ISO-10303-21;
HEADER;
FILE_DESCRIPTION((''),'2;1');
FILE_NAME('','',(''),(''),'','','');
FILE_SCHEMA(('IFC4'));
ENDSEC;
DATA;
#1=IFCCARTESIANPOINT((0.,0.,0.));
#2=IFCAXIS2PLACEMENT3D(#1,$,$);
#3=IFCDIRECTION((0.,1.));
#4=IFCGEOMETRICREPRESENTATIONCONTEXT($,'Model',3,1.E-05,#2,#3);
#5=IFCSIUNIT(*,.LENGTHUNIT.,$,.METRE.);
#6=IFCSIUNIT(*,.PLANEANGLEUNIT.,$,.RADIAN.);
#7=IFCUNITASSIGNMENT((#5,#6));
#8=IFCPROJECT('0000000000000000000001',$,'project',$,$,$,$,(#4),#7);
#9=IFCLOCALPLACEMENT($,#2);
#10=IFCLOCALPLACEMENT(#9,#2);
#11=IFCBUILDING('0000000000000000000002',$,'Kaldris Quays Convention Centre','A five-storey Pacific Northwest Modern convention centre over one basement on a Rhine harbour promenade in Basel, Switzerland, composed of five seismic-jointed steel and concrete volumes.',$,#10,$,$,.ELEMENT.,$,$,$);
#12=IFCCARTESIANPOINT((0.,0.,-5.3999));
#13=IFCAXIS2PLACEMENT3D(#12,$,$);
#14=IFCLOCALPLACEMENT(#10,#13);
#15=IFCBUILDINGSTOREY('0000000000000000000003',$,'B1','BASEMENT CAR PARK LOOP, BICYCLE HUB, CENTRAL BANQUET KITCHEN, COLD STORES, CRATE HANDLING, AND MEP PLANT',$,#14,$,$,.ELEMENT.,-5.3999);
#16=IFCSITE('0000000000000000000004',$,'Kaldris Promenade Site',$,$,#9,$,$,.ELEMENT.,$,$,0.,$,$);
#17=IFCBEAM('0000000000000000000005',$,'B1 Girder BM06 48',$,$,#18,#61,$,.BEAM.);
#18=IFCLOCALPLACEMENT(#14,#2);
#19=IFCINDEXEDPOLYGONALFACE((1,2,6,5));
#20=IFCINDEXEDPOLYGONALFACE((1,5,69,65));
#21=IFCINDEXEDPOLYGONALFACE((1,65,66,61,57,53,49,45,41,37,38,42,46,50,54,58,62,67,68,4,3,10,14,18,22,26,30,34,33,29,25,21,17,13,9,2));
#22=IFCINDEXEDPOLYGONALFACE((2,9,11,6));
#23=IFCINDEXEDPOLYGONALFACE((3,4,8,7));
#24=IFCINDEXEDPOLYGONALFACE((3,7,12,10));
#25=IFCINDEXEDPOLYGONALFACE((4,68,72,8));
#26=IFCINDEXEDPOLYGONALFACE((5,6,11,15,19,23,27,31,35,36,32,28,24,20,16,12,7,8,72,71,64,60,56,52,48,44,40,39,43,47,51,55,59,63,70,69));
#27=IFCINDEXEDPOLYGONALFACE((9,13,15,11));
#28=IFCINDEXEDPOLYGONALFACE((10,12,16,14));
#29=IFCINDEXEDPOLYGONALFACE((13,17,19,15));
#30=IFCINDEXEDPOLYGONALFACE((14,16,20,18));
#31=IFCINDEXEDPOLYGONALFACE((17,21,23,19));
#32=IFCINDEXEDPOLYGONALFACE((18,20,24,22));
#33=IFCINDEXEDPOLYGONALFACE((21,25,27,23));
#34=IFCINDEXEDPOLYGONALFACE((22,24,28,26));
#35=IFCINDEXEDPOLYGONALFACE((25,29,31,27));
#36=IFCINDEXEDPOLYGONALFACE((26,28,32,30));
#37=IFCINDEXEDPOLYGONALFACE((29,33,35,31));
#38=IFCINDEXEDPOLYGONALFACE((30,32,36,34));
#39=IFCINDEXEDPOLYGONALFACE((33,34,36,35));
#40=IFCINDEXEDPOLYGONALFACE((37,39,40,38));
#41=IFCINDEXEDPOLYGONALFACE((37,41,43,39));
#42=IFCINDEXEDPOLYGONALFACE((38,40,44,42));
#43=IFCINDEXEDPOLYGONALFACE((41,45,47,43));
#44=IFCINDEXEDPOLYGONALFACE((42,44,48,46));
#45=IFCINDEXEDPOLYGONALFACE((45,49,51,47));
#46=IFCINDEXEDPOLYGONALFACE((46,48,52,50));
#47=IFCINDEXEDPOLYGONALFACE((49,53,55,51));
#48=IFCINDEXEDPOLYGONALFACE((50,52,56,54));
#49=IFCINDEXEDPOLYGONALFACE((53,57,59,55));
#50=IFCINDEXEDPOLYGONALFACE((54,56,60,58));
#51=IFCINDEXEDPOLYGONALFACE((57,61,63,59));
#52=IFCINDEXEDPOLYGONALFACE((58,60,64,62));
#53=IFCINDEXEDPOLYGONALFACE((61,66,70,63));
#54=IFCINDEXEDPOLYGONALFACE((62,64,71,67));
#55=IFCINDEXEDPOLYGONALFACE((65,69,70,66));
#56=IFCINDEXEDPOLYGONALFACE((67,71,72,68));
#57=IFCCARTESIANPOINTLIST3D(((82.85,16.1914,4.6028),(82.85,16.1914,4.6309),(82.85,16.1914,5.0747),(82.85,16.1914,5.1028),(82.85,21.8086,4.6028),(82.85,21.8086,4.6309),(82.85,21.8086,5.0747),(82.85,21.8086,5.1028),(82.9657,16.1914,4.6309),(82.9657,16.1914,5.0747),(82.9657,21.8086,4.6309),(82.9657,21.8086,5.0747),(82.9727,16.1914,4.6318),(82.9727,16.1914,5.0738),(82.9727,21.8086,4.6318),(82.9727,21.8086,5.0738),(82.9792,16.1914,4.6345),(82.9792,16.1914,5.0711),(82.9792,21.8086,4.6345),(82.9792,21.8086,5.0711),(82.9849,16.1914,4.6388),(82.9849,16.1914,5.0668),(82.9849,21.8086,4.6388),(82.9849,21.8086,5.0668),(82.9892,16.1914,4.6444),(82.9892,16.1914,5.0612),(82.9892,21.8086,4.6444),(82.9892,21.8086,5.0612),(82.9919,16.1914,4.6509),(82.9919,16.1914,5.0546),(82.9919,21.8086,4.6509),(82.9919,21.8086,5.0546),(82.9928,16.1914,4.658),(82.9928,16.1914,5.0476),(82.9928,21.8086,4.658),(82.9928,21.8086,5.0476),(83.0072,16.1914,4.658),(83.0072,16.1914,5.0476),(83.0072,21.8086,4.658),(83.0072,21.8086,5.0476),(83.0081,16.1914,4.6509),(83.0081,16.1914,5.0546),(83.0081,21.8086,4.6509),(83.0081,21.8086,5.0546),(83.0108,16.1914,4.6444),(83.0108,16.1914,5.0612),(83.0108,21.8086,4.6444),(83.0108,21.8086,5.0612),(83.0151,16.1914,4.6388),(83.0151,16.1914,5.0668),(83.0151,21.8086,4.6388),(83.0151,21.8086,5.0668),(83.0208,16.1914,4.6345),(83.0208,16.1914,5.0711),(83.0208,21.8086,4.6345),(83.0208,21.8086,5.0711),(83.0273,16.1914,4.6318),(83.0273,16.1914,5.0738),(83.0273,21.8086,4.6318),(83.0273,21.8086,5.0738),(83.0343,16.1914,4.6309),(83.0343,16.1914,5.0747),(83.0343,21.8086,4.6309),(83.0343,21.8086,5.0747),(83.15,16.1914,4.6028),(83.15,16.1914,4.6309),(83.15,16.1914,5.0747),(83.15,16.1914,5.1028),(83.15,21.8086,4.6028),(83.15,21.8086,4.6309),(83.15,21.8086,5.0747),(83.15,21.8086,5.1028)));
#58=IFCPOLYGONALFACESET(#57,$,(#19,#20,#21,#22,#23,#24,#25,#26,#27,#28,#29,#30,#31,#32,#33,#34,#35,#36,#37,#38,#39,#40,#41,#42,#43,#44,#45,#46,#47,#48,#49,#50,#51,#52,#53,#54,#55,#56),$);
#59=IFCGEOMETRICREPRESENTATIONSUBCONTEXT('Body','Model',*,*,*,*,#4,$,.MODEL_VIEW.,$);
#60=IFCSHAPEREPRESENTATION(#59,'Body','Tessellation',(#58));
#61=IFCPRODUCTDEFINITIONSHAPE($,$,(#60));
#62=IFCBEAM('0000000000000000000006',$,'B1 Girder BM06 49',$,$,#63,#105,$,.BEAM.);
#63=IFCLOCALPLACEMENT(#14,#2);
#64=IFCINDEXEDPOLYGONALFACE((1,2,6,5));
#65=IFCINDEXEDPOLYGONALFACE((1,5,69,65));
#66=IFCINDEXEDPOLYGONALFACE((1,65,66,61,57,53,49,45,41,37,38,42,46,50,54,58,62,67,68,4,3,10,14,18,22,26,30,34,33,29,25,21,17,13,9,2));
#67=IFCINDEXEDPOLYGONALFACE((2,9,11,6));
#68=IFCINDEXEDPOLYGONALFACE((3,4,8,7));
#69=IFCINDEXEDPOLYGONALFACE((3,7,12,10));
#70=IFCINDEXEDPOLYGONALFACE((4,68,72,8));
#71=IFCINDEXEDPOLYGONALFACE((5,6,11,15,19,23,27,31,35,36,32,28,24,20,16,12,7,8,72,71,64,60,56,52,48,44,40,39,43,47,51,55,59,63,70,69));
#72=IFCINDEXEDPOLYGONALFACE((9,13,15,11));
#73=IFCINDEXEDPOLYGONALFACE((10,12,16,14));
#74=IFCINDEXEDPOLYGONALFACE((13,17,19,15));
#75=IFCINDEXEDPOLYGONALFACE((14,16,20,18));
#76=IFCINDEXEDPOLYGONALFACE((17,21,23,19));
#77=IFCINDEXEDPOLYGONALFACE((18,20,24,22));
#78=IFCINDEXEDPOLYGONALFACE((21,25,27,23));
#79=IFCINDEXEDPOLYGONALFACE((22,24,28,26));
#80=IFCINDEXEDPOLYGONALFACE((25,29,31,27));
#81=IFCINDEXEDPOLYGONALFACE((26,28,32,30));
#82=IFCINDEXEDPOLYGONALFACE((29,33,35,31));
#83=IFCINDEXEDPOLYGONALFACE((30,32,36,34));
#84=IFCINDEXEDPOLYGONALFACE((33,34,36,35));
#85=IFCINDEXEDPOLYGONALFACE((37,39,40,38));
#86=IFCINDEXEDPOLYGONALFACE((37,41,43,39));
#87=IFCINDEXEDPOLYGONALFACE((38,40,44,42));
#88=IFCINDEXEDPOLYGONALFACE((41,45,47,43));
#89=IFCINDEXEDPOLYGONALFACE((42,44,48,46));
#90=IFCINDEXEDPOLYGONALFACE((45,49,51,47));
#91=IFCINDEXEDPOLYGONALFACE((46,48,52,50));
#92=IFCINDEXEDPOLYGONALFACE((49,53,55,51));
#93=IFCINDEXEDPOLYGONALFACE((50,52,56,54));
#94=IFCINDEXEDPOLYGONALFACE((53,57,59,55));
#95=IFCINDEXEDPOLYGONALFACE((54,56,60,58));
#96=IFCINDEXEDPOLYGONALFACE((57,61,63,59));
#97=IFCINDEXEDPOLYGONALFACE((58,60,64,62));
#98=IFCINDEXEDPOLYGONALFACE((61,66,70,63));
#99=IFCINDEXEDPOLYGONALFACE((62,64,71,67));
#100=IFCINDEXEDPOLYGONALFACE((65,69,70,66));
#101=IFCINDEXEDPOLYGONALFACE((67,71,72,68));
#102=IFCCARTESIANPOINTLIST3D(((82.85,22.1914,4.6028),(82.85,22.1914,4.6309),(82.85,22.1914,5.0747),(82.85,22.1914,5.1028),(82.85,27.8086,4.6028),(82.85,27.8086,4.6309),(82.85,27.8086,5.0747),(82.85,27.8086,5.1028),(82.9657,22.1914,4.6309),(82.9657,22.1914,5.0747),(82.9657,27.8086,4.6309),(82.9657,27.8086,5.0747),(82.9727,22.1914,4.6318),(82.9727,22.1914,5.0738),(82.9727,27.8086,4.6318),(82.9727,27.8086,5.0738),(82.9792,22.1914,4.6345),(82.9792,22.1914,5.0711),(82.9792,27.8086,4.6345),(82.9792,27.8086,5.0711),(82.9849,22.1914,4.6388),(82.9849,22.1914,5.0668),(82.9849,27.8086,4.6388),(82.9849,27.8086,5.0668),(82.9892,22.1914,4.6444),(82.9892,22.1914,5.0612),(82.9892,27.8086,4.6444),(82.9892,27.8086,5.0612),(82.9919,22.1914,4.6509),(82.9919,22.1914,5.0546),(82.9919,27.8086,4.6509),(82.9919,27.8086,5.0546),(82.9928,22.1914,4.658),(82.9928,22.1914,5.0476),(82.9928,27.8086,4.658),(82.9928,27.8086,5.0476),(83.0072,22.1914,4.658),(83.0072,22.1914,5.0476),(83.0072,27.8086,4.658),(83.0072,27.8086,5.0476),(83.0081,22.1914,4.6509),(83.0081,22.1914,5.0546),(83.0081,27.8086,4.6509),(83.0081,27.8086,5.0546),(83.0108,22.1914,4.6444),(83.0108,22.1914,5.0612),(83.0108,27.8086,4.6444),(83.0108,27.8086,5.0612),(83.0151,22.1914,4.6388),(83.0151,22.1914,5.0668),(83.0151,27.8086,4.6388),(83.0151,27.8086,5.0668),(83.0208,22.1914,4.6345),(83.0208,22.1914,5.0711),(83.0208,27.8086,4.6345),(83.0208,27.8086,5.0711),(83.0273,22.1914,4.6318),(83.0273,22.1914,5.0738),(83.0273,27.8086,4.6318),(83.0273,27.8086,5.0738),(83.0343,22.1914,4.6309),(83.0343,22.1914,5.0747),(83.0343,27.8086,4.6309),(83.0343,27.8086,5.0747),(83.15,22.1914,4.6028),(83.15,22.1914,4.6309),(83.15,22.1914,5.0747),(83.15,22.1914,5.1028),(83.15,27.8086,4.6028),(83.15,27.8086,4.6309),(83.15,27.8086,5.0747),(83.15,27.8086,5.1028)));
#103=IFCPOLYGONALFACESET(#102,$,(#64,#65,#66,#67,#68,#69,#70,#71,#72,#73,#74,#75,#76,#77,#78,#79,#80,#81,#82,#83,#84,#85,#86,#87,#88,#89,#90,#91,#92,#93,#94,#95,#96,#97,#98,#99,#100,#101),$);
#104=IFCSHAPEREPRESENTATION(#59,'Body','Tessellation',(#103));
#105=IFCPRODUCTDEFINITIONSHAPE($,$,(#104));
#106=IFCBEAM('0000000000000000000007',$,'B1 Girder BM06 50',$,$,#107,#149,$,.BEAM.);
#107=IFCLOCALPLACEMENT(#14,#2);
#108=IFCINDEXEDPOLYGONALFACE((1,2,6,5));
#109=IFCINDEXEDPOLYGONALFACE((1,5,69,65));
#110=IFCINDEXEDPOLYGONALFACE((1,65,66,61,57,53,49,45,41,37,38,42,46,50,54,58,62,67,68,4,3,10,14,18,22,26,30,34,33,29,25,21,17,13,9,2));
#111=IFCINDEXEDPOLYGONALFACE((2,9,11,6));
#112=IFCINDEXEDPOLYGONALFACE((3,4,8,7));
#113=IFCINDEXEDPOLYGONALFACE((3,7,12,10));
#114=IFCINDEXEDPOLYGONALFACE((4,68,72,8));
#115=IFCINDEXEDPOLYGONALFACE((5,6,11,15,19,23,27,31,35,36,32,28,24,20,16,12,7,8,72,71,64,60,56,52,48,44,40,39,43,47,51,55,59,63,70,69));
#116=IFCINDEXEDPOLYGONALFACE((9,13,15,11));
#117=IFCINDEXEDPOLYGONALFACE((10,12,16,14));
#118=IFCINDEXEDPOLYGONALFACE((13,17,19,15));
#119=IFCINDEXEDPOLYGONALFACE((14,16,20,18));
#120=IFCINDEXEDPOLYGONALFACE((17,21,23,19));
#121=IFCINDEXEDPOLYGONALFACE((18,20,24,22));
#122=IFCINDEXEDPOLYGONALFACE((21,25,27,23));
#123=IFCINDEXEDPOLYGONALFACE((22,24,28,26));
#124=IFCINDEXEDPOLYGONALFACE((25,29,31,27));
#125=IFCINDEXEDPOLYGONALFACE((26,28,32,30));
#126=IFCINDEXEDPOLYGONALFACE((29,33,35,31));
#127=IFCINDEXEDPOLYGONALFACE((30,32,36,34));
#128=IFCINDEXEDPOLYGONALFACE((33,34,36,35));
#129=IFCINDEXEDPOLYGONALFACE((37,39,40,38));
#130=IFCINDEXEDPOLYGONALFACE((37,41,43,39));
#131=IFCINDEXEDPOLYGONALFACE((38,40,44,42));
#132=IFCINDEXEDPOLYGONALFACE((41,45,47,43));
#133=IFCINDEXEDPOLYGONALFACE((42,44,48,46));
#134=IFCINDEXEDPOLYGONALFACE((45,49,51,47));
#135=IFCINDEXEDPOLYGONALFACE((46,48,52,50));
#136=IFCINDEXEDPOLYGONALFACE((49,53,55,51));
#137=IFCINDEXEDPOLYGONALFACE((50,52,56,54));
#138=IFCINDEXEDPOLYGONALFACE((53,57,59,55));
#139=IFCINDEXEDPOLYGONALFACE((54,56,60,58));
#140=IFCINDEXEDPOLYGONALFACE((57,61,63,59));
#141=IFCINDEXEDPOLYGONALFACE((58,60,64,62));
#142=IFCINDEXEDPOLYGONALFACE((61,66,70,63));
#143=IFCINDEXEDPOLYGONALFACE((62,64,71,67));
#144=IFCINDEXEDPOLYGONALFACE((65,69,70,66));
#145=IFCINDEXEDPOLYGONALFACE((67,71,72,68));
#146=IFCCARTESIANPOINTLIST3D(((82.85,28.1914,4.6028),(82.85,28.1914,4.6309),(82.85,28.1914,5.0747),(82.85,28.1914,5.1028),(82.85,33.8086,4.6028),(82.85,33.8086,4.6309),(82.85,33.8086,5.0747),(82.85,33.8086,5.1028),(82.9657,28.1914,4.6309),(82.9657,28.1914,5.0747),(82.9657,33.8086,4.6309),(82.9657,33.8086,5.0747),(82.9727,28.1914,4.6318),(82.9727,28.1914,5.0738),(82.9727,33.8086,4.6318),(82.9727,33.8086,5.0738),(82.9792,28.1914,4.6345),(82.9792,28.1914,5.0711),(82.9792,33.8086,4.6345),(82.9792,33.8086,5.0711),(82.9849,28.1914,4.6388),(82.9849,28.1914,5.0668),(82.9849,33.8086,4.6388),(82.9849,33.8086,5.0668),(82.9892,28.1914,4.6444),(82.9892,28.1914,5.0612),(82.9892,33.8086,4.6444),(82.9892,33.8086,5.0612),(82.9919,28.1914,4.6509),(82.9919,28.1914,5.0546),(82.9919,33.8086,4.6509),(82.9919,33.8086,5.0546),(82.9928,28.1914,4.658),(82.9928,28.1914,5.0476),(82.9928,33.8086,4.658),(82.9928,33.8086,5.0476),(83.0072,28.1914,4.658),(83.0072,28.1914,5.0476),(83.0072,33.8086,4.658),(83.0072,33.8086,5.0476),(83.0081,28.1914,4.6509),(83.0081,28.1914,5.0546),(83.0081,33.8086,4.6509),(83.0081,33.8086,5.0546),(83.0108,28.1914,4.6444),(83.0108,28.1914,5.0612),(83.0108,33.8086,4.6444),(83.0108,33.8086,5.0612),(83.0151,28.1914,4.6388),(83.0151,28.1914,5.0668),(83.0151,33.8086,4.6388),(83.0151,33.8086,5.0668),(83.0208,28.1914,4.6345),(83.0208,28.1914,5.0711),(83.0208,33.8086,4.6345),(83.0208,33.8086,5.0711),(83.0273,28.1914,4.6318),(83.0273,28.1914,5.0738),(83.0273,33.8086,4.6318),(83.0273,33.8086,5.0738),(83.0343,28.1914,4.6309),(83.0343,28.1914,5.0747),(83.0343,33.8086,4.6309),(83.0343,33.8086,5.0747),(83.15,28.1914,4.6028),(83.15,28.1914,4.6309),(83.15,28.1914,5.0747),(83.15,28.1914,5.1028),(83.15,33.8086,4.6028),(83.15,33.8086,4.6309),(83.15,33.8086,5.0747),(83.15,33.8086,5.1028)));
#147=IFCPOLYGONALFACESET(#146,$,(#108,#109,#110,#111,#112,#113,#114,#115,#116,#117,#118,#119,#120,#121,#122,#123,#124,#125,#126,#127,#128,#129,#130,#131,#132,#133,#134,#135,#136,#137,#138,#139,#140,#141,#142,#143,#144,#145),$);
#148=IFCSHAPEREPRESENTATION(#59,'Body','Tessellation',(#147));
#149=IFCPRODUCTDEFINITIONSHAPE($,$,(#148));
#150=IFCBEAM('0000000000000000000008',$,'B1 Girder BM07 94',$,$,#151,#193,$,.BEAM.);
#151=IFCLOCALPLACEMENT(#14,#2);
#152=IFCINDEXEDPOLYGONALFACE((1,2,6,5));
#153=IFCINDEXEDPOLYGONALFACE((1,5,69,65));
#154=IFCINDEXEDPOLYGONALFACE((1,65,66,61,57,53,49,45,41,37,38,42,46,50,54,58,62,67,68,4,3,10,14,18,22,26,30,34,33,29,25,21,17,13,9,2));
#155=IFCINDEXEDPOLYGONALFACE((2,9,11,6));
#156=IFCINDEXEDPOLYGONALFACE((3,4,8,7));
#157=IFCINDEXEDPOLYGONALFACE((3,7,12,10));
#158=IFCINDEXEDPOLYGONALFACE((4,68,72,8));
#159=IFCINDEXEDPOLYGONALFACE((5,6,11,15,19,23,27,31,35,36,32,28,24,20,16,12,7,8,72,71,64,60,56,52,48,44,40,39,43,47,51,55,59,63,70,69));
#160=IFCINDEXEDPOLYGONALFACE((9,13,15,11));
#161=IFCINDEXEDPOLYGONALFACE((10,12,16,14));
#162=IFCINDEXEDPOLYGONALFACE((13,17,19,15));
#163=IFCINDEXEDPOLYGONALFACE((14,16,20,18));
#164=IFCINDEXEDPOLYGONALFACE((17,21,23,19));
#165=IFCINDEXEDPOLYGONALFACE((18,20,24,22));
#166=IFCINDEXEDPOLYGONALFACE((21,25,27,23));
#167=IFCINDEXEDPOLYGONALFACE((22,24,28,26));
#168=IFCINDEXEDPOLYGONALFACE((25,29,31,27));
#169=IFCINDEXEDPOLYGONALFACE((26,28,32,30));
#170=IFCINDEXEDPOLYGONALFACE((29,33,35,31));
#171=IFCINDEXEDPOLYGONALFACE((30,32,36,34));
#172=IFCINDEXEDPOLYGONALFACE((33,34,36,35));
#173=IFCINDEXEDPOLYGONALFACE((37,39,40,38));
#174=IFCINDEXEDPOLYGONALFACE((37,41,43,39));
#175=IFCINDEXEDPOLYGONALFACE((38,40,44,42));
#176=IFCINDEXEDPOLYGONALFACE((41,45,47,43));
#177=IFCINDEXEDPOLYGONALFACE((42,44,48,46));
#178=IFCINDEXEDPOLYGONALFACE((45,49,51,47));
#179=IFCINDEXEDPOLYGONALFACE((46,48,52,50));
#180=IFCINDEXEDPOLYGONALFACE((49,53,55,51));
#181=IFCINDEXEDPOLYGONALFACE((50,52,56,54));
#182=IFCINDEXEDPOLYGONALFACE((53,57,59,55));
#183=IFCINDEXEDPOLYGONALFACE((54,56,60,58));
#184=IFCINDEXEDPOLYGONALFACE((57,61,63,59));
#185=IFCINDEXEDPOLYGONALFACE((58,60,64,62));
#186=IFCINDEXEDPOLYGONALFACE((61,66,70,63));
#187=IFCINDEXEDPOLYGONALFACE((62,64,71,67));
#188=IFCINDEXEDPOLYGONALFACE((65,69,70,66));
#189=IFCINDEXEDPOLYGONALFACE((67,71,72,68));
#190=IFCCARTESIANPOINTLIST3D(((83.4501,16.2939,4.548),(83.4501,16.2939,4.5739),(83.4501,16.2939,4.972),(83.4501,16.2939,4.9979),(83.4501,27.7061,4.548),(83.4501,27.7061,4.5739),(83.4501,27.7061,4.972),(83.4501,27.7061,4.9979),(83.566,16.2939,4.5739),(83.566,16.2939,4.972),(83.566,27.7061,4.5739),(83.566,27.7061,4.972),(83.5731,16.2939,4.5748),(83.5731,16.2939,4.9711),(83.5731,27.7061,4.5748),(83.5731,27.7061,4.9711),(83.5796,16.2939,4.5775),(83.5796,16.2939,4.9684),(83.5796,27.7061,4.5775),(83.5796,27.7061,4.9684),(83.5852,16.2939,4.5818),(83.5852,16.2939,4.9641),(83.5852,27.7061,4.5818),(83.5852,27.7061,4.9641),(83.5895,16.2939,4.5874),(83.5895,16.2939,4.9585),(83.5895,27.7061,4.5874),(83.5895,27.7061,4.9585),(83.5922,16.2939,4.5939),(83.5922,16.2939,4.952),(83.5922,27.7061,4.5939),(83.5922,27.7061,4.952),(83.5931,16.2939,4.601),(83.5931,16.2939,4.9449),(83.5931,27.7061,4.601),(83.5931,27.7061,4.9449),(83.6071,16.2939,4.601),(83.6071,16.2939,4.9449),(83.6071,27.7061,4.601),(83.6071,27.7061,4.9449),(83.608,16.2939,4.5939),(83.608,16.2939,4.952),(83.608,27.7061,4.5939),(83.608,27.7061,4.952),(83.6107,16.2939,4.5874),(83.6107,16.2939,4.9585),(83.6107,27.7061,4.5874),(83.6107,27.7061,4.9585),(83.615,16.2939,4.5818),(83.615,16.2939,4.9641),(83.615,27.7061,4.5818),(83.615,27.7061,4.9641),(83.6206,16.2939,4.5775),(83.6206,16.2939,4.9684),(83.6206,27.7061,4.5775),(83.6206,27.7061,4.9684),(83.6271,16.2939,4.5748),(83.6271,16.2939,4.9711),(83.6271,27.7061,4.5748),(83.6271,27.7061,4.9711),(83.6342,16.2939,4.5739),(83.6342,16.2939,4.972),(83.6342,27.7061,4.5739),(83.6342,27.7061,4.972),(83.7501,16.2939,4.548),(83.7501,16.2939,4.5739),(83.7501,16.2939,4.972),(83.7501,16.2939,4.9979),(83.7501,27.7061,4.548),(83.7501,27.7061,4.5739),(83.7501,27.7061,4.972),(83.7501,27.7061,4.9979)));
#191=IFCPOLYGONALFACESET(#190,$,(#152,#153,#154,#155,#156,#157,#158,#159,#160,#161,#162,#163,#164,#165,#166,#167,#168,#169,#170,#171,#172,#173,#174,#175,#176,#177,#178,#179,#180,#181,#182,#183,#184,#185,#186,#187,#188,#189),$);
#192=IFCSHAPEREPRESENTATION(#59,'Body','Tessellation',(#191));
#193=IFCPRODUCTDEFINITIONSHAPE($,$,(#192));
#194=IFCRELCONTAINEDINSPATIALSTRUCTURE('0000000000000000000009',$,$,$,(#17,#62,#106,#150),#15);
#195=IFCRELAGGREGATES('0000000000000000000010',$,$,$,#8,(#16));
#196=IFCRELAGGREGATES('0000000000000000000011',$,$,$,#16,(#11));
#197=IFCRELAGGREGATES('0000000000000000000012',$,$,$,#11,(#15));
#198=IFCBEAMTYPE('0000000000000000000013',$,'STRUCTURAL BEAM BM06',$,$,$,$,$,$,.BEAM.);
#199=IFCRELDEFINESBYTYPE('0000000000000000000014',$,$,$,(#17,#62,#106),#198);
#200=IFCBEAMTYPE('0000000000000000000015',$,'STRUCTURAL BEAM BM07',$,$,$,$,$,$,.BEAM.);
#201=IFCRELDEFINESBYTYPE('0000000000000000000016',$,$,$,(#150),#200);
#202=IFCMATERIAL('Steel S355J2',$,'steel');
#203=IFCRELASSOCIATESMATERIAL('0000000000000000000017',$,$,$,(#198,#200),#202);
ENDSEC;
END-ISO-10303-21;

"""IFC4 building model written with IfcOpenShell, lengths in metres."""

from ifc_helpers import new_model, si_unit, direction, frame, origin, origin_2d, place, context, subcontext, project, spatial, i_section, extrude, material, material_profile, profile_set, type_object, element, save


model = new_model("IFC4")

# Units and contexts
model_context = context("Model", 3, precision=1e-05, world=origin(), true_north=direction((0.0, 1.0)))
body_context = subcontext(model_context, "Body", "Model", "MODEL_VIEW")
ifc_project = project(units=[si_unit("LENGTHUNIT", "METRE"), si_unit("PLANEANGLEUNIT", "RADIAN")], contexts=[model_context])

# Site, building, storey
site_placement = place(None, origin())
site = spatial("IfcSite", under=ifc_project, at=site_placement, Name="Kaldris Promenade Site", CompositionType="ELEMENT", RefElevation=0.0)
building_placement = place(site_placement, origin())
building = spatial("IfcBuilding", under=site, at=building_placement, Name="Kaldris Quays Convention Centre", Description="A five-storey Pacific Northwest Modern convention centre over one basement on a Rhine harbour promenade in Basel, Switzerland, composed of five seismic-jointed steel and concrete volumes.", CompositionType="ELEMENT")
storey_placement = place(building_placement, frame((0.0, 0.0, -5.3999)))
storey = spatial("IfcBuildingStorey", under=building, at=storey_placement, Name="B1", Description="BASEMENT CAR PARK LOOP, BICYCLE HUB, CENTRAL BANQUET KITCHEN, COLD STORES, CRATE HANDLING, AND MEP PLANT", CompositionType="ELEMENT", Elevation=-5.3999)

# Beams
ifc_material_1 = material(Name="Steel S355J2", Category="steel")
ifc_material_profile_1 = material_profile(ifc_material_1, i_section(OverallWidth=0.3, OverallDepth=0.5, WebThickness=0.0144, FlangeThickness=0.0281, FilletRadius=0.0271, at=origin_2d()), Name="HEB 500")
ifc_profile_set_1 = profile_set([ifc_material_profile_1], Name="Steel S355J2")
beam_type_1 = type_object("IfcBeamType", Name="STRUCTURAL BEAM BM06", PredefinedType="BEAM", material=ifc_profile_set_1)
for number, where, z_axis, x_axis, name in (
    (1, (83.0, 16.1914, 4.8528), (0.0, 1.0, 0.0), (-1.0, 0.0, 0.0), "B1 Girder BM06 48"),
    (2, (83.0, 22.1914, 4.8528), (0.0, 1.0, 0.0), (-1.0, 0.0, 0.0), "B1 Girder BM06 49"),
    (3, (83.0, 28.1914, 4.8528), (0.0, 1.0, 0.0), (-1.0, 0.0, 0.0), "B1 Girder BM06 50"),
):
    element("IfcBeam", number, at=place(storey_placement, frame(where, z_axis=z_axis, x_axis=x_axis)), inside=storey, type_object=beam_type_1, Name=name, PredefinedType="BEAM", context=body_context, shape_type="SweptSolid", body=[
        extrude(i_section(OverallWidth=0.3, OverallDepth=0.5, WebThickness=0.0144, FlangeThickness=0.0281, FilletRadius=0.0271, at=origin_2d()), origin(), (0.0, 0.0, 1.0), 5.6172),
    ])
ifc_material_profile_2 = material_profile(ifc_material_1, i_section(OverallWidth=0.3, OverallDepth=0.45, WebThickness=0.0139, FlangeThickness=0.0259, FilletRadius=0.0271, at=origin_2d()), Name="HEB 450")
ifc_profile_set_2 = profile_set([ifc_material_profile_2], Name="Steel S355J2")
beam_type_2 = type_object("IfcBeamType", Name="STRUCTURAL BEAM BM07", PredefinedType="BEAM", material=ifc_profile_set_2)
beam_1_placement = place(storey_placement, frame((83.6001, 16.2939, 4.7729), z_axis=(0.0, 1.0, 0.0), x_axis=(-1.0, 0.0, 0.0)))
element("IfcBeam", 4, at=beam_1_placement, inside=storey, type_object=beam_type_2, Name="B1 Girder BM07 94", PredefinedType="BEAM", context=body_context, shape_type="SweptSolid", body=[
    extrude(i_section(OverallWidth=0.3, OverallDepth=0.45, WebThickness=0.0139, FlangeThickness=0.0259, FilletRadius=0.0271, at=origin_2d()), origin(), (0.0, 0.0, 1.0), 11.4121),
])

save(model, "model.ifc")
